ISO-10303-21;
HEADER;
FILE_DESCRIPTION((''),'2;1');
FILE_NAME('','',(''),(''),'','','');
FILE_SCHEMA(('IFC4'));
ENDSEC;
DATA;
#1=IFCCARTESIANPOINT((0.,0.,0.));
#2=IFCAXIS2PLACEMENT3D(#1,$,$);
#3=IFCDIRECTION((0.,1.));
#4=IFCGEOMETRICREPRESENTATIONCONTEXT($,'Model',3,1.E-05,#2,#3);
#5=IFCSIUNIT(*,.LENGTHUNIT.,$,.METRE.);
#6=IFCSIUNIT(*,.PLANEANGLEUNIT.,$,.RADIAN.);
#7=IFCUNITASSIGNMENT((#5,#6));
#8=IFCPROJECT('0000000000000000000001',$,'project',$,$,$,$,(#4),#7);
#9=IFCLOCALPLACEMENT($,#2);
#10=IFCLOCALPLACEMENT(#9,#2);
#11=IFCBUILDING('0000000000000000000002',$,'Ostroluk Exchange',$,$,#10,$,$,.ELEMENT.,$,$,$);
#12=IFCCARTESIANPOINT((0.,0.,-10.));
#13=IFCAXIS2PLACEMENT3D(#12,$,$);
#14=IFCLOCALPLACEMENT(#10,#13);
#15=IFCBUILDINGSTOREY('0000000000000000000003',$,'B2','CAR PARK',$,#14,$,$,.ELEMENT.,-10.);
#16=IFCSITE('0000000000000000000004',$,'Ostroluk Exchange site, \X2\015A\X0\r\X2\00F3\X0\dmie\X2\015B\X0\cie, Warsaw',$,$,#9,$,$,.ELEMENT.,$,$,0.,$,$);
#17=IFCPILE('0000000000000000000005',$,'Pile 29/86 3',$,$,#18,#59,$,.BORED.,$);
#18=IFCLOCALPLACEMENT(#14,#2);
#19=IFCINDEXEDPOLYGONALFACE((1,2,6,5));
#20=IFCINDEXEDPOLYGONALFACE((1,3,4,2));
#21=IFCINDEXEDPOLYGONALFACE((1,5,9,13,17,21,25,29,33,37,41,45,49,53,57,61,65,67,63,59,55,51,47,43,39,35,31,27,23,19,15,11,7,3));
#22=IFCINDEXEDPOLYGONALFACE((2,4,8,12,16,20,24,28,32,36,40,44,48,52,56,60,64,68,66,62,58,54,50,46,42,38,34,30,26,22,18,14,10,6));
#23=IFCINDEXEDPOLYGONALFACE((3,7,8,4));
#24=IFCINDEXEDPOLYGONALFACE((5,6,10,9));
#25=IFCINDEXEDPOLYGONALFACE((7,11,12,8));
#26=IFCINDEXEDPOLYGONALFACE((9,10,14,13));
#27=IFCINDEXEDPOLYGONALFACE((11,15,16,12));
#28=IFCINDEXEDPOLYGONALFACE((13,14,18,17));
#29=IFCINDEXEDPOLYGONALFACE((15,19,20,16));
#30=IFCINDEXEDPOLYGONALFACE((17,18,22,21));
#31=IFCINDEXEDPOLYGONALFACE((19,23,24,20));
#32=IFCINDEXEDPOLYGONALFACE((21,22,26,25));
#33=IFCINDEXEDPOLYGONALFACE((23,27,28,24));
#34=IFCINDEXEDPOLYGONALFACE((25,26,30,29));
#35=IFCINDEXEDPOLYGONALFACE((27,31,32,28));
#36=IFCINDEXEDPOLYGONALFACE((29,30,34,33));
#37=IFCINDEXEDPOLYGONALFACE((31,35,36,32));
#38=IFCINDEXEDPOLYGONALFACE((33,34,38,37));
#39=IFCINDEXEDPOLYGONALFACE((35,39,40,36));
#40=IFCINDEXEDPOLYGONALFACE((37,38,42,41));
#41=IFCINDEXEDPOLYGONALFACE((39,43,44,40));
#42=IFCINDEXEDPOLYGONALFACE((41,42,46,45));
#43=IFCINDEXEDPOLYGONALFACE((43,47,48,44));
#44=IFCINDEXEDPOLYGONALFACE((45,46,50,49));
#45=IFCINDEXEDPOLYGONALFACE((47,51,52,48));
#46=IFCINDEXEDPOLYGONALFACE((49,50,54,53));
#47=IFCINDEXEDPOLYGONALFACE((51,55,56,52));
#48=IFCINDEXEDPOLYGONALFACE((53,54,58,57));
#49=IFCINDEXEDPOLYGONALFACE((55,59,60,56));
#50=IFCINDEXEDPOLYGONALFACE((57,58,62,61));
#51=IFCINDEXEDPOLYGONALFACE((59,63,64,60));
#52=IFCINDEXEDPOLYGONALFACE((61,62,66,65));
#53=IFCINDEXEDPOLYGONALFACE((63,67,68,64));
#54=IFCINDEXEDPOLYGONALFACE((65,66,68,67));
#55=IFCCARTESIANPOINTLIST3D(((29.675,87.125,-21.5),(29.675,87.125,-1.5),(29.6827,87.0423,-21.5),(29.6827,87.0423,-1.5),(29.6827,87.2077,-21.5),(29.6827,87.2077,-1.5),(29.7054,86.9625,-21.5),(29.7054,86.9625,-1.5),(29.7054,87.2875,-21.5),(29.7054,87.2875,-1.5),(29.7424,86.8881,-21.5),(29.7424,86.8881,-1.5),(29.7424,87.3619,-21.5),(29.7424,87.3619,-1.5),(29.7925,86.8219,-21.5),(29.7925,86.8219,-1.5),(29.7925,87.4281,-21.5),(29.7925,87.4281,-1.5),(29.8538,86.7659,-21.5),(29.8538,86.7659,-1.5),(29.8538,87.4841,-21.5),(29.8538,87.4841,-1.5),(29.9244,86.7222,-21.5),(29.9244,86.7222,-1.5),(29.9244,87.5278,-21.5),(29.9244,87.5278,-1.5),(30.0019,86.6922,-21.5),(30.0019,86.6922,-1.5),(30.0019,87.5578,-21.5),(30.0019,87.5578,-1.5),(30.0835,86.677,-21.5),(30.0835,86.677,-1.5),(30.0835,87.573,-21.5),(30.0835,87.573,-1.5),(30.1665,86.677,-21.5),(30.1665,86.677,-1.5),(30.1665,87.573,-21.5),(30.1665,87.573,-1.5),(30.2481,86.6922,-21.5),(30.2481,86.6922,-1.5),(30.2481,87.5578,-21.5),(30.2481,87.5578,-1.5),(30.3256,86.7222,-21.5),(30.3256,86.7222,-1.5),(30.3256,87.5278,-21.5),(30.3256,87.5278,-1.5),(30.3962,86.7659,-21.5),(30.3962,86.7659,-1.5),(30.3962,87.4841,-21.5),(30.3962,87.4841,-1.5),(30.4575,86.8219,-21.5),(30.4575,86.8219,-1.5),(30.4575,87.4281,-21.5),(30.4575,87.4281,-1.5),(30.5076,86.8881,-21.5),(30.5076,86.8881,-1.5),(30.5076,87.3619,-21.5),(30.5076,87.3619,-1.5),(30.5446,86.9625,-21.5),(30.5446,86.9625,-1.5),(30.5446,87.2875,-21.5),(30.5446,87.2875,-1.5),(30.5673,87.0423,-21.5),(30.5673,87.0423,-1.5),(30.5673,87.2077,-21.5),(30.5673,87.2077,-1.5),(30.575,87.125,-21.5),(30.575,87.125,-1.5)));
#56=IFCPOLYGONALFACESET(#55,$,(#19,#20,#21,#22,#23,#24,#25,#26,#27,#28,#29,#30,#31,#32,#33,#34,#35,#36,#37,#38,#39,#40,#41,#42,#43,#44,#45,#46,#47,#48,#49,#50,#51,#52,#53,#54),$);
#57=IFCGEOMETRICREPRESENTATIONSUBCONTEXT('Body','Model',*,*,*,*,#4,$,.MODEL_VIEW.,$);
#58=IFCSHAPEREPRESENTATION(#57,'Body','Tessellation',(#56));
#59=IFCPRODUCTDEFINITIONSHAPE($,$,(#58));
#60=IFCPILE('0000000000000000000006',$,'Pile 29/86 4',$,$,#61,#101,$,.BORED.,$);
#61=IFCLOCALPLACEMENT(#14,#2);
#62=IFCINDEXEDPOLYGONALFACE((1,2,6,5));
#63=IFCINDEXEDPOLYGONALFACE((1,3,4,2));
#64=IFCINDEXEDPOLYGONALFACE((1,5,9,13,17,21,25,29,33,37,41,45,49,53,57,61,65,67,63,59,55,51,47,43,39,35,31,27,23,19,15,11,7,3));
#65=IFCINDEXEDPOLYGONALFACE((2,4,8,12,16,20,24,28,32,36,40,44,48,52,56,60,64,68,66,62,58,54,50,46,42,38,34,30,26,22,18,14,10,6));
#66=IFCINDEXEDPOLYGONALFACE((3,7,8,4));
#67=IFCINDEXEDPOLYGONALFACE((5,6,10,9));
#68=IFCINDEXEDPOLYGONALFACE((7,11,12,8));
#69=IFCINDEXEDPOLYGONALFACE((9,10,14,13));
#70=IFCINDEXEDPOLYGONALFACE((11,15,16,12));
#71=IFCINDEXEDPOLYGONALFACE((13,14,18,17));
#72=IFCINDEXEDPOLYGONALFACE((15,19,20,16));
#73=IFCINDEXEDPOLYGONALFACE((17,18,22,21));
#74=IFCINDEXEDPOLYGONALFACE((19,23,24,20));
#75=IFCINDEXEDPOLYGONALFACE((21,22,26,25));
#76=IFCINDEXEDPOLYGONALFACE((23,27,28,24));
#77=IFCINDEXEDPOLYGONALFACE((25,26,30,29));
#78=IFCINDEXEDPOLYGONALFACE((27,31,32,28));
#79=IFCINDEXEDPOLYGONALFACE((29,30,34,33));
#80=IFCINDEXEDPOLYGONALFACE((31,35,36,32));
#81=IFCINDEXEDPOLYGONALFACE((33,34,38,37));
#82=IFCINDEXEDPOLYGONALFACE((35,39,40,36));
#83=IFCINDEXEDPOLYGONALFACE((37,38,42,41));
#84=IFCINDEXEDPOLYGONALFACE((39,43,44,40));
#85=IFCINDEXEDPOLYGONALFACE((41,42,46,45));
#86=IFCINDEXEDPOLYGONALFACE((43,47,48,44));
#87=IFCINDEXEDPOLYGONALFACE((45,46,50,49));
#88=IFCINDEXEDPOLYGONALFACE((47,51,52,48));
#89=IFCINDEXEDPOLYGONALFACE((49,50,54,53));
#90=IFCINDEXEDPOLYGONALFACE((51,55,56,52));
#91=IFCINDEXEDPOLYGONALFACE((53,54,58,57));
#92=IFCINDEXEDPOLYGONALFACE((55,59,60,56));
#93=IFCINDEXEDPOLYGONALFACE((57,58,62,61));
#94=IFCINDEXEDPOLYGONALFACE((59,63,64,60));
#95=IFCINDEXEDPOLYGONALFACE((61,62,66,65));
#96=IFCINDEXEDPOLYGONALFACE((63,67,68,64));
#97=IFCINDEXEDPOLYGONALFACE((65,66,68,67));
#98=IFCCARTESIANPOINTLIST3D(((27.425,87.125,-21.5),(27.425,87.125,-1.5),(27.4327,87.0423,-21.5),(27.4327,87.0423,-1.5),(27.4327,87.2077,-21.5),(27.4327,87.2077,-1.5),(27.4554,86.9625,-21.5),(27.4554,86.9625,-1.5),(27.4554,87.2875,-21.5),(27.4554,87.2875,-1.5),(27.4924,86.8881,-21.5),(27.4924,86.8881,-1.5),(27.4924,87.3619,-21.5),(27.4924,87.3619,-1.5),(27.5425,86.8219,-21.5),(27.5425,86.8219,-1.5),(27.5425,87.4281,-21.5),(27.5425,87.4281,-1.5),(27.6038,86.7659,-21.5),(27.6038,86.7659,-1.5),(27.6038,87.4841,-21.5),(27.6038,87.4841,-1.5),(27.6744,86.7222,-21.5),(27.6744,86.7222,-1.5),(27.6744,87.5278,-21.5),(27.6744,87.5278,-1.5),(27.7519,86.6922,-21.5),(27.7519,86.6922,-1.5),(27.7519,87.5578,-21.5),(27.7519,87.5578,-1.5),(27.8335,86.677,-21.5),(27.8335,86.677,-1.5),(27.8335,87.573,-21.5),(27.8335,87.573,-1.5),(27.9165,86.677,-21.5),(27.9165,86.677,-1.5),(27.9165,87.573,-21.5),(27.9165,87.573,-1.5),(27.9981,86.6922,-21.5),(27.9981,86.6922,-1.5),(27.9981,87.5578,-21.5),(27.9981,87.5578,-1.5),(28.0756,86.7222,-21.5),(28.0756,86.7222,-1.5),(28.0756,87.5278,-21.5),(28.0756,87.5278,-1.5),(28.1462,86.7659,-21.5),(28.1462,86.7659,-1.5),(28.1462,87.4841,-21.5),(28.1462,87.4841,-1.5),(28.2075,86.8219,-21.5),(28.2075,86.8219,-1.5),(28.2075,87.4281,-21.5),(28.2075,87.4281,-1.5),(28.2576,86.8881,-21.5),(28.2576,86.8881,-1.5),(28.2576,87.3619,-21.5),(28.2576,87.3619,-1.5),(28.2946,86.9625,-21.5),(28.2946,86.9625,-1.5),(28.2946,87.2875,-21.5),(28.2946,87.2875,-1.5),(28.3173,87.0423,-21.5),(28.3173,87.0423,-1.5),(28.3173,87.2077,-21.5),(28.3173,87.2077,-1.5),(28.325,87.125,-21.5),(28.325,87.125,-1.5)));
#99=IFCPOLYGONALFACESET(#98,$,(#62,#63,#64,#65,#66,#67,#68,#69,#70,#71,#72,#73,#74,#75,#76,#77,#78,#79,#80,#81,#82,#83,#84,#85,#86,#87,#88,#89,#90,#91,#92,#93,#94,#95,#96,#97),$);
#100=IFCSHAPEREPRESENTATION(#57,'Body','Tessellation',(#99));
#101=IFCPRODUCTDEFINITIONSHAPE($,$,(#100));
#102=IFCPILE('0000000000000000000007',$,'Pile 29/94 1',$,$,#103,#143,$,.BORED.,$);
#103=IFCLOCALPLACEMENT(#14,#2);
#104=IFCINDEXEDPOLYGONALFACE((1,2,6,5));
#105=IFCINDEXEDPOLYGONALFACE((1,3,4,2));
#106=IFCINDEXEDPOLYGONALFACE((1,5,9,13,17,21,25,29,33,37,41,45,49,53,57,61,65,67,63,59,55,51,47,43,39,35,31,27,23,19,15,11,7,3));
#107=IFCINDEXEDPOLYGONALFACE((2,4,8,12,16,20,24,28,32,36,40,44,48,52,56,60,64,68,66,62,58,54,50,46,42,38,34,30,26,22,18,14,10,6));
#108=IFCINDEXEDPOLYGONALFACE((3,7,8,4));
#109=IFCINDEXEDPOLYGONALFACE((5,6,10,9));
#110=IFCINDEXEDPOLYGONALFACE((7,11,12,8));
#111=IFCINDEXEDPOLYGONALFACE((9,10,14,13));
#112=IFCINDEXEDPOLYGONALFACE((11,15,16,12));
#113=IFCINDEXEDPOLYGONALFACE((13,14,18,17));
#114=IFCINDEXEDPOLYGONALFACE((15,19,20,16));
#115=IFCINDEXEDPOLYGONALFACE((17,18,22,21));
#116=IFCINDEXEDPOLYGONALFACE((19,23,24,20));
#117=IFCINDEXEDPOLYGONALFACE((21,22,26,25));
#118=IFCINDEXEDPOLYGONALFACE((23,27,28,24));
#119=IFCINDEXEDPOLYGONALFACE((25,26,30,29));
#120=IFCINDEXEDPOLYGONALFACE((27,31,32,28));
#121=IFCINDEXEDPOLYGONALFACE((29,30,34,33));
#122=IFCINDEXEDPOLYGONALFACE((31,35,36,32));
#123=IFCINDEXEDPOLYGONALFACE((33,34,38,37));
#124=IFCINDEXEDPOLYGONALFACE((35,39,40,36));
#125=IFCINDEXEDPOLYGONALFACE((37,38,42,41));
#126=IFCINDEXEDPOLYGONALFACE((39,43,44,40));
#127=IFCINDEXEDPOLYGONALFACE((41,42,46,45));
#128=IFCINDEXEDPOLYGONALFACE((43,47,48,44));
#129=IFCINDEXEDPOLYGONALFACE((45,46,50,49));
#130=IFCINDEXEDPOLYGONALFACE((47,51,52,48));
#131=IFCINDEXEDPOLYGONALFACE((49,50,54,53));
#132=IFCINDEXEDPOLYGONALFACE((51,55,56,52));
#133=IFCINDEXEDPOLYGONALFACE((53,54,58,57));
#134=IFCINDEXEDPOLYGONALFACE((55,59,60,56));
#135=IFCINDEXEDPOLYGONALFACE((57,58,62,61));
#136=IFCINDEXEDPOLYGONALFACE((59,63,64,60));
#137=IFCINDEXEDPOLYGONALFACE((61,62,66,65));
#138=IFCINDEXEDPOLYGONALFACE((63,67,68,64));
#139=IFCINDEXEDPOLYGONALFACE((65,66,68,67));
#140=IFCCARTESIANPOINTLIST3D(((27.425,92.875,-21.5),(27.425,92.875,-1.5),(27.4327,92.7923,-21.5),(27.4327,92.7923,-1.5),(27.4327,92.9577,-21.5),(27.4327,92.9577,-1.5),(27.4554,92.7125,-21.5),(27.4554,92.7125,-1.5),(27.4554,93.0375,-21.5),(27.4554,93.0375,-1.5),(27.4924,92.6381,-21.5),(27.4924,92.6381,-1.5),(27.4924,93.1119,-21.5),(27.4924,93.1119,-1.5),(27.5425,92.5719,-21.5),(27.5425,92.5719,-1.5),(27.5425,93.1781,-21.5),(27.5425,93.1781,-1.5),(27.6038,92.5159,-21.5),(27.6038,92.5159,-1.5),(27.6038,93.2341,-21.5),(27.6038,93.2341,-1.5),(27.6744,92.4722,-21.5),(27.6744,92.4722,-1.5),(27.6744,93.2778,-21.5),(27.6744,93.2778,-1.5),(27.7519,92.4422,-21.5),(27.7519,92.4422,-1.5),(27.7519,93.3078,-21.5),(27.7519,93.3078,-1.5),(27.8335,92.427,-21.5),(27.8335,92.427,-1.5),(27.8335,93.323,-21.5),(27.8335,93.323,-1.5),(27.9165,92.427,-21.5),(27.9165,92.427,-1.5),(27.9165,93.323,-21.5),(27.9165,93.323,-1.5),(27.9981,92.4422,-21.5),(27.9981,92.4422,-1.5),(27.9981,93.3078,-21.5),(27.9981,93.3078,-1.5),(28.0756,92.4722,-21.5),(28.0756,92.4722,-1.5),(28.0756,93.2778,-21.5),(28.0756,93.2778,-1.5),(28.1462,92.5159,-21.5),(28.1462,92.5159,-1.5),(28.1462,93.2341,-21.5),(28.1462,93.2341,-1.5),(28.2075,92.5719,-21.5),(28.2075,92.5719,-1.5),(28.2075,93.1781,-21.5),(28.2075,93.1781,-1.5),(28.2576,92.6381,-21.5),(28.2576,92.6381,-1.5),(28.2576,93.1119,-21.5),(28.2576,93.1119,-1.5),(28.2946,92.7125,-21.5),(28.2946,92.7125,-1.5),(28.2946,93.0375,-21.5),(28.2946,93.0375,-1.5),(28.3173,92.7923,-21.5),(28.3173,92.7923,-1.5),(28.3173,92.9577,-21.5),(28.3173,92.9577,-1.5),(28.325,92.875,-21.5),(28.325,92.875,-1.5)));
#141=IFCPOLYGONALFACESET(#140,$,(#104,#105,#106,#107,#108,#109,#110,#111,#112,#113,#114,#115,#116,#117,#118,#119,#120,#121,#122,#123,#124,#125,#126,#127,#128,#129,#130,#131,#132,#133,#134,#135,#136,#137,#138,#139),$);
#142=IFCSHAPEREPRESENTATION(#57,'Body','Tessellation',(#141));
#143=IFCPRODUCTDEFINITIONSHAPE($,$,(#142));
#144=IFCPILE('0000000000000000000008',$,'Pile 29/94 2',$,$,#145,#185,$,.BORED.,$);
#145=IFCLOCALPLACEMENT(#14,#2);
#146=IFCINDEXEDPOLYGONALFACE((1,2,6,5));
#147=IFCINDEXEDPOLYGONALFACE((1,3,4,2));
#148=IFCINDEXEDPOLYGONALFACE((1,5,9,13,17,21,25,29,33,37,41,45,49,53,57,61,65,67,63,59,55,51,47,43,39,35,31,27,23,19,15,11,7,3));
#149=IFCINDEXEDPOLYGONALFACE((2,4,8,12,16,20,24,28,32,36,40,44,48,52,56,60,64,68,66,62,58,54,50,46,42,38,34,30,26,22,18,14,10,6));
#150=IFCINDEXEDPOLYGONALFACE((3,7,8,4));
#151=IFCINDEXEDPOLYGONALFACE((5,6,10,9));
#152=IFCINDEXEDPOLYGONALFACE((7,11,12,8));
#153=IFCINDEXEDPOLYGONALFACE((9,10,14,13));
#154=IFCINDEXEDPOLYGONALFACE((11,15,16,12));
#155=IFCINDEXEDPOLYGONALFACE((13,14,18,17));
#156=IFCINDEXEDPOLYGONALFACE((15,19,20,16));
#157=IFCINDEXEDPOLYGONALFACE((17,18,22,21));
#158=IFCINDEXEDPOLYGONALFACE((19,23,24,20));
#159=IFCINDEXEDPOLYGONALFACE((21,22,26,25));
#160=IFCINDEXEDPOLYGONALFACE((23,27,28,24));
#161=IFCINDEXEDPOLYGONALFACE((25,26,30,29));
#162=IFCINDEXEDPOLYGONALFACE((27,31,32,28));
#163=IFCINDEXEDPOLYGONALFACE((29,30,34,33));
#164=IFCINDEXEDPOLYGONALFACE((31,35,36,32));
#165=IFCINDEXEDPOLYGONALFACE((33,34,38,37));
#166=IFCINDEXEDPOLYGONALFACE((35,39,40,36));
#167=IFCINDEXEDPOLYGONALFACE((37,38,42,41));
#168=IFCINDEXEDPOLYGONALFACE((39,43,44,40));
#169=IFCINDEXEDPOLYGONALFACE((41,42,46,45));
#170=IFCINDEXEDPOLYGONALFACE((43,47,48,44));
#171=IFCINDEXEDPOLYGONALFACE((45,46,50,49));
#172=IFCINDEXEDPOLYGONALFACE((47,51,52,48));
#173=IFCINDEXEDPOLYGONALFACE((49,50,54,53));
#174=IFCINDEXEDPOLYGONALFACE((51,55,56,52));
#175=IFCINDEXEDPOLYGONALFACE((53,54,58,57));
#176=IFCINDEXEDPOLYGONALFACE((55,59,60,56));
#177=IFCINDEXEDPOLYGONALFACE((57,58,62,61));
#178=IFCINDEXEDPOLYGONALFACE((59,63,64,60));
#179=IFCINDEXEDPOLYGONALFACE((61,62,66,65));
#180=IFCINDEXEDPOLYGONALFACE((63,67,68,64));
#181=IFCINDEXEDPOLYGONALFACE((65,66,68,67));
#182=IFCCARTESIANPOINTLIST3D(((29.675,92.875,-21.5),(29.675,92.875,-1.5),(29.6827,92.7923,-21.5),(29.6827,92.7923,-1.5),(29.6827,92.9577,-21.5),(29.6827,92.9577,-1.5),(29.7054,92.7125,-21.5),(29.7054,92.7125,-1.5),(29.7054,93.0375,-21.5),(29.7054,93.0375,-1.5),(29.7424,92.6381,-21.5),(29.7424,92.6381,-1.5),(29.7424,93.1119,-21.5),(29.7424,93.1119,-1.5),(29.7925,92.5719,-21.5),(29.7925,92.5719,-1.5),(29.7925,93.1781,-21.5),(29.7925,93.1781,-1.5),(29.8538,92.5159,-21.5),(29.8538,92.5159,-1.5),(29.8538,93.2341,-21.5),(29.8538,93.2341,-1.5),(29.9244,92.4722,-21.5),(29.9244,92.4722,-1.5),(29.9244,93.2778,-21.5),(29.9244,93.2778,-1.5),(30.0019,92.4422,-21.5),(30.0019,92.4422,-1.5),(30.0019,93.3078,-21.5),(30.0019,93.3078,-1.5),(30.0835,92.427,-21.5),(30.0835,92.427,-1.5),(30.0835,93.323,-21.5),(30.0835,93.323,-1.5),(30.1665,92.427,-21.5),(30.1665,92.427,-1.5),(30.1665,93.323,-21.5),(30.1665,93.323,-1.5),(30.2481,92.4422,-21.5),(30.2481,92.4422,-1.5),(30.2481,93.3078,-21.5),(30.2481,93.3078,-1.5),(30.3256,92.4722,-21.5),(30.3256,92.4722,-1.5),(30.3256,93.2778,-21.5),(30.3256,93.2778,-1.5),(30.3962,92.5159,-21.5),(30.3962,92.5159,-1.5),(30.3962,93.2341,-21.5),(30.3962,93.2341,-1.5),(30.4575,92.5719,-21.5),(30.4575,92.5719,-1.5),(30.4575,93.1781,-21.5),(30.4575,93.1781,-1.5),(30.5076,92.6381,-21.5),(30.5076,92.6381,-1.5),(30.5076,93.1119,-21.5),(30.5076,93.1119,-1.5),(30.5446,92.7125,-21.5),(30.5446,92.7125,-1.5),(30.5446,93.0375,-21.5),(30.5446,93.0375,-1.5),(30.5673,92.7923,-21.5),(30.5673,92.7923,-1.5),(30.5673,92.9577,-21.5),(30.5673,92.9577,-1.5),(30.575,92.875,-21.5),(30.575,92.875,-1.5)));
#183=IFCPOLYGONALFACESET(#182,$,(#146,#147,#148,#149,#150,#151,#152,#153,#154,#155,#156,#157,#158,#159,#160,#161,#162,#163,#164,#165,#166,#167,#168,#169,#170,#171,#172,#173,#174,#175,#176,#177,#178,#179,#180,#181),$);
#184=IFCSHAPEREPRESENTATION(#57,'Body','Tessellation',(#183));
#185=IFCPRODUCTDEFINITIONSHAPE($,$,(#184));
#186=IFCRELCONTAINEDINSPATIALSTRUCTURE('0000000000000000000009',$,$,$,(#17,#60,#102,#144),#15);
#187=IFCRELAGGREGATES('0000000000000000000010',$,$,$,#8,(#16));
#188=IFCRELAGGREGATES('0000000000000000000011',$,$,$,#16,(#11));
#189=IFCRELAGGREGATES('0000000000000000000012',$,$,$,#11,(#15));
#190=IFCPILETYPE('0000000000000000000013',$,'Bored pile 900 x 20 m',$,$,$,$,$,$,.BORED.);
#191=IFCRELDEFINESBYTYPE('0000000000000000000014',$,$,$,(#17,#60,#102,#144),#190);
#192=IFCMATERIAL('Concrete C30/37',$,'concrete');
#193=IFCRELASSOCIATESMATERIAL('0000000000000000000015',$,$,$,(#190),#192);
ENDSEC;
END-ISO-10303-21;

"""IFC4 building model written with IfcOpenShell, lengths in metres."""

from ifc_helpers import new_model, si_unit, direction, frame, origin, origin_2d, place, context, subcontext, project, spatial, circle, extrude, material, type_object, element, save


model = new_model("IFC4")

# Units and contexts
model_context = context("Model", 3, precision=1e-05, world=origin(), true_north=direction((0.0, 1.0)))
body_context = subcontext(model_context, "Body", "Model", "MODEL_VIEW")
ifc_project = project(units=[si_unit("LENGTHUNIT", "METRE"), si_unit("PLANEANGLEUNIT", "RADIAN")], contexts=[model_context])

# Site, building, storey
site_placement = place(None, origin())
site = spatial("IfcSite", under=ifc_project, at=site_placement, Name="Ostroluk Exchange site, Śródmieście, Warsaw", CompositionType="ELEMENT", RefElevation=0.0)
building_placement = place(site_placement, origin())
building = spatial("IfcBuilding", under=site, at=building_placement, Name="Ostroluk Exchange", CompositionType="ELEMENT")
storey_placement = place(building_placement, frame((0.0, 0.0, -10.0)))
storey = spatial("IfcBuildingStorey", under=building, at=storey_placement, Name="B2", Description="CAR PARK", CompositionType="ELEMENT", Elevation=-10.0)

# Piles
ifc_material_1 = material(Name="Concrete C30/37", Category="concrete")
pile_type = type_object("IfcPileType", Name="Bored pile 900 x 20 m", PredefinedType="BORED", material=ifc_material_1)
for number, where, z_axis, x_axis, name in (
    (1, (30.125, 87.125, -1.5), (0.0, 0.0, -1.0), (1.0, 0.0, 0.0), "Pile 29/86 3"),
    (2, (27.875, 87.125, -1.5), (0.0, 0.0, -1.0), (1.0, 0.0, 0.0), "Pile 29/86 4"),
    (3, (27.875, 92.875, -1.5), (0.0, 0.0, -1.0), (1.0, 0.0, 0.0), "Pile 29/94 1"),
    (4, (30.125, 92.875, -1.5), (0.0, 0.0, -1.0), (1.0, 0.0, 0.0), "Pile 29/94 2"),
):
    element("IfcPile", number, at=place(storey_placement, frame(where, z_axis=z_axis, x_axis=x_axis)), inside=storey, type_object=pile_type, Name=name, PredefinedType="BORED", context=body_context, shape_type="SweptSolid", body=[
        extrude(circle(Radius=0.45, at=origin_2d()), origin(), (0.0, 0.0, 1.0), 20.0),
    ])

save(model, "model.ifc")
